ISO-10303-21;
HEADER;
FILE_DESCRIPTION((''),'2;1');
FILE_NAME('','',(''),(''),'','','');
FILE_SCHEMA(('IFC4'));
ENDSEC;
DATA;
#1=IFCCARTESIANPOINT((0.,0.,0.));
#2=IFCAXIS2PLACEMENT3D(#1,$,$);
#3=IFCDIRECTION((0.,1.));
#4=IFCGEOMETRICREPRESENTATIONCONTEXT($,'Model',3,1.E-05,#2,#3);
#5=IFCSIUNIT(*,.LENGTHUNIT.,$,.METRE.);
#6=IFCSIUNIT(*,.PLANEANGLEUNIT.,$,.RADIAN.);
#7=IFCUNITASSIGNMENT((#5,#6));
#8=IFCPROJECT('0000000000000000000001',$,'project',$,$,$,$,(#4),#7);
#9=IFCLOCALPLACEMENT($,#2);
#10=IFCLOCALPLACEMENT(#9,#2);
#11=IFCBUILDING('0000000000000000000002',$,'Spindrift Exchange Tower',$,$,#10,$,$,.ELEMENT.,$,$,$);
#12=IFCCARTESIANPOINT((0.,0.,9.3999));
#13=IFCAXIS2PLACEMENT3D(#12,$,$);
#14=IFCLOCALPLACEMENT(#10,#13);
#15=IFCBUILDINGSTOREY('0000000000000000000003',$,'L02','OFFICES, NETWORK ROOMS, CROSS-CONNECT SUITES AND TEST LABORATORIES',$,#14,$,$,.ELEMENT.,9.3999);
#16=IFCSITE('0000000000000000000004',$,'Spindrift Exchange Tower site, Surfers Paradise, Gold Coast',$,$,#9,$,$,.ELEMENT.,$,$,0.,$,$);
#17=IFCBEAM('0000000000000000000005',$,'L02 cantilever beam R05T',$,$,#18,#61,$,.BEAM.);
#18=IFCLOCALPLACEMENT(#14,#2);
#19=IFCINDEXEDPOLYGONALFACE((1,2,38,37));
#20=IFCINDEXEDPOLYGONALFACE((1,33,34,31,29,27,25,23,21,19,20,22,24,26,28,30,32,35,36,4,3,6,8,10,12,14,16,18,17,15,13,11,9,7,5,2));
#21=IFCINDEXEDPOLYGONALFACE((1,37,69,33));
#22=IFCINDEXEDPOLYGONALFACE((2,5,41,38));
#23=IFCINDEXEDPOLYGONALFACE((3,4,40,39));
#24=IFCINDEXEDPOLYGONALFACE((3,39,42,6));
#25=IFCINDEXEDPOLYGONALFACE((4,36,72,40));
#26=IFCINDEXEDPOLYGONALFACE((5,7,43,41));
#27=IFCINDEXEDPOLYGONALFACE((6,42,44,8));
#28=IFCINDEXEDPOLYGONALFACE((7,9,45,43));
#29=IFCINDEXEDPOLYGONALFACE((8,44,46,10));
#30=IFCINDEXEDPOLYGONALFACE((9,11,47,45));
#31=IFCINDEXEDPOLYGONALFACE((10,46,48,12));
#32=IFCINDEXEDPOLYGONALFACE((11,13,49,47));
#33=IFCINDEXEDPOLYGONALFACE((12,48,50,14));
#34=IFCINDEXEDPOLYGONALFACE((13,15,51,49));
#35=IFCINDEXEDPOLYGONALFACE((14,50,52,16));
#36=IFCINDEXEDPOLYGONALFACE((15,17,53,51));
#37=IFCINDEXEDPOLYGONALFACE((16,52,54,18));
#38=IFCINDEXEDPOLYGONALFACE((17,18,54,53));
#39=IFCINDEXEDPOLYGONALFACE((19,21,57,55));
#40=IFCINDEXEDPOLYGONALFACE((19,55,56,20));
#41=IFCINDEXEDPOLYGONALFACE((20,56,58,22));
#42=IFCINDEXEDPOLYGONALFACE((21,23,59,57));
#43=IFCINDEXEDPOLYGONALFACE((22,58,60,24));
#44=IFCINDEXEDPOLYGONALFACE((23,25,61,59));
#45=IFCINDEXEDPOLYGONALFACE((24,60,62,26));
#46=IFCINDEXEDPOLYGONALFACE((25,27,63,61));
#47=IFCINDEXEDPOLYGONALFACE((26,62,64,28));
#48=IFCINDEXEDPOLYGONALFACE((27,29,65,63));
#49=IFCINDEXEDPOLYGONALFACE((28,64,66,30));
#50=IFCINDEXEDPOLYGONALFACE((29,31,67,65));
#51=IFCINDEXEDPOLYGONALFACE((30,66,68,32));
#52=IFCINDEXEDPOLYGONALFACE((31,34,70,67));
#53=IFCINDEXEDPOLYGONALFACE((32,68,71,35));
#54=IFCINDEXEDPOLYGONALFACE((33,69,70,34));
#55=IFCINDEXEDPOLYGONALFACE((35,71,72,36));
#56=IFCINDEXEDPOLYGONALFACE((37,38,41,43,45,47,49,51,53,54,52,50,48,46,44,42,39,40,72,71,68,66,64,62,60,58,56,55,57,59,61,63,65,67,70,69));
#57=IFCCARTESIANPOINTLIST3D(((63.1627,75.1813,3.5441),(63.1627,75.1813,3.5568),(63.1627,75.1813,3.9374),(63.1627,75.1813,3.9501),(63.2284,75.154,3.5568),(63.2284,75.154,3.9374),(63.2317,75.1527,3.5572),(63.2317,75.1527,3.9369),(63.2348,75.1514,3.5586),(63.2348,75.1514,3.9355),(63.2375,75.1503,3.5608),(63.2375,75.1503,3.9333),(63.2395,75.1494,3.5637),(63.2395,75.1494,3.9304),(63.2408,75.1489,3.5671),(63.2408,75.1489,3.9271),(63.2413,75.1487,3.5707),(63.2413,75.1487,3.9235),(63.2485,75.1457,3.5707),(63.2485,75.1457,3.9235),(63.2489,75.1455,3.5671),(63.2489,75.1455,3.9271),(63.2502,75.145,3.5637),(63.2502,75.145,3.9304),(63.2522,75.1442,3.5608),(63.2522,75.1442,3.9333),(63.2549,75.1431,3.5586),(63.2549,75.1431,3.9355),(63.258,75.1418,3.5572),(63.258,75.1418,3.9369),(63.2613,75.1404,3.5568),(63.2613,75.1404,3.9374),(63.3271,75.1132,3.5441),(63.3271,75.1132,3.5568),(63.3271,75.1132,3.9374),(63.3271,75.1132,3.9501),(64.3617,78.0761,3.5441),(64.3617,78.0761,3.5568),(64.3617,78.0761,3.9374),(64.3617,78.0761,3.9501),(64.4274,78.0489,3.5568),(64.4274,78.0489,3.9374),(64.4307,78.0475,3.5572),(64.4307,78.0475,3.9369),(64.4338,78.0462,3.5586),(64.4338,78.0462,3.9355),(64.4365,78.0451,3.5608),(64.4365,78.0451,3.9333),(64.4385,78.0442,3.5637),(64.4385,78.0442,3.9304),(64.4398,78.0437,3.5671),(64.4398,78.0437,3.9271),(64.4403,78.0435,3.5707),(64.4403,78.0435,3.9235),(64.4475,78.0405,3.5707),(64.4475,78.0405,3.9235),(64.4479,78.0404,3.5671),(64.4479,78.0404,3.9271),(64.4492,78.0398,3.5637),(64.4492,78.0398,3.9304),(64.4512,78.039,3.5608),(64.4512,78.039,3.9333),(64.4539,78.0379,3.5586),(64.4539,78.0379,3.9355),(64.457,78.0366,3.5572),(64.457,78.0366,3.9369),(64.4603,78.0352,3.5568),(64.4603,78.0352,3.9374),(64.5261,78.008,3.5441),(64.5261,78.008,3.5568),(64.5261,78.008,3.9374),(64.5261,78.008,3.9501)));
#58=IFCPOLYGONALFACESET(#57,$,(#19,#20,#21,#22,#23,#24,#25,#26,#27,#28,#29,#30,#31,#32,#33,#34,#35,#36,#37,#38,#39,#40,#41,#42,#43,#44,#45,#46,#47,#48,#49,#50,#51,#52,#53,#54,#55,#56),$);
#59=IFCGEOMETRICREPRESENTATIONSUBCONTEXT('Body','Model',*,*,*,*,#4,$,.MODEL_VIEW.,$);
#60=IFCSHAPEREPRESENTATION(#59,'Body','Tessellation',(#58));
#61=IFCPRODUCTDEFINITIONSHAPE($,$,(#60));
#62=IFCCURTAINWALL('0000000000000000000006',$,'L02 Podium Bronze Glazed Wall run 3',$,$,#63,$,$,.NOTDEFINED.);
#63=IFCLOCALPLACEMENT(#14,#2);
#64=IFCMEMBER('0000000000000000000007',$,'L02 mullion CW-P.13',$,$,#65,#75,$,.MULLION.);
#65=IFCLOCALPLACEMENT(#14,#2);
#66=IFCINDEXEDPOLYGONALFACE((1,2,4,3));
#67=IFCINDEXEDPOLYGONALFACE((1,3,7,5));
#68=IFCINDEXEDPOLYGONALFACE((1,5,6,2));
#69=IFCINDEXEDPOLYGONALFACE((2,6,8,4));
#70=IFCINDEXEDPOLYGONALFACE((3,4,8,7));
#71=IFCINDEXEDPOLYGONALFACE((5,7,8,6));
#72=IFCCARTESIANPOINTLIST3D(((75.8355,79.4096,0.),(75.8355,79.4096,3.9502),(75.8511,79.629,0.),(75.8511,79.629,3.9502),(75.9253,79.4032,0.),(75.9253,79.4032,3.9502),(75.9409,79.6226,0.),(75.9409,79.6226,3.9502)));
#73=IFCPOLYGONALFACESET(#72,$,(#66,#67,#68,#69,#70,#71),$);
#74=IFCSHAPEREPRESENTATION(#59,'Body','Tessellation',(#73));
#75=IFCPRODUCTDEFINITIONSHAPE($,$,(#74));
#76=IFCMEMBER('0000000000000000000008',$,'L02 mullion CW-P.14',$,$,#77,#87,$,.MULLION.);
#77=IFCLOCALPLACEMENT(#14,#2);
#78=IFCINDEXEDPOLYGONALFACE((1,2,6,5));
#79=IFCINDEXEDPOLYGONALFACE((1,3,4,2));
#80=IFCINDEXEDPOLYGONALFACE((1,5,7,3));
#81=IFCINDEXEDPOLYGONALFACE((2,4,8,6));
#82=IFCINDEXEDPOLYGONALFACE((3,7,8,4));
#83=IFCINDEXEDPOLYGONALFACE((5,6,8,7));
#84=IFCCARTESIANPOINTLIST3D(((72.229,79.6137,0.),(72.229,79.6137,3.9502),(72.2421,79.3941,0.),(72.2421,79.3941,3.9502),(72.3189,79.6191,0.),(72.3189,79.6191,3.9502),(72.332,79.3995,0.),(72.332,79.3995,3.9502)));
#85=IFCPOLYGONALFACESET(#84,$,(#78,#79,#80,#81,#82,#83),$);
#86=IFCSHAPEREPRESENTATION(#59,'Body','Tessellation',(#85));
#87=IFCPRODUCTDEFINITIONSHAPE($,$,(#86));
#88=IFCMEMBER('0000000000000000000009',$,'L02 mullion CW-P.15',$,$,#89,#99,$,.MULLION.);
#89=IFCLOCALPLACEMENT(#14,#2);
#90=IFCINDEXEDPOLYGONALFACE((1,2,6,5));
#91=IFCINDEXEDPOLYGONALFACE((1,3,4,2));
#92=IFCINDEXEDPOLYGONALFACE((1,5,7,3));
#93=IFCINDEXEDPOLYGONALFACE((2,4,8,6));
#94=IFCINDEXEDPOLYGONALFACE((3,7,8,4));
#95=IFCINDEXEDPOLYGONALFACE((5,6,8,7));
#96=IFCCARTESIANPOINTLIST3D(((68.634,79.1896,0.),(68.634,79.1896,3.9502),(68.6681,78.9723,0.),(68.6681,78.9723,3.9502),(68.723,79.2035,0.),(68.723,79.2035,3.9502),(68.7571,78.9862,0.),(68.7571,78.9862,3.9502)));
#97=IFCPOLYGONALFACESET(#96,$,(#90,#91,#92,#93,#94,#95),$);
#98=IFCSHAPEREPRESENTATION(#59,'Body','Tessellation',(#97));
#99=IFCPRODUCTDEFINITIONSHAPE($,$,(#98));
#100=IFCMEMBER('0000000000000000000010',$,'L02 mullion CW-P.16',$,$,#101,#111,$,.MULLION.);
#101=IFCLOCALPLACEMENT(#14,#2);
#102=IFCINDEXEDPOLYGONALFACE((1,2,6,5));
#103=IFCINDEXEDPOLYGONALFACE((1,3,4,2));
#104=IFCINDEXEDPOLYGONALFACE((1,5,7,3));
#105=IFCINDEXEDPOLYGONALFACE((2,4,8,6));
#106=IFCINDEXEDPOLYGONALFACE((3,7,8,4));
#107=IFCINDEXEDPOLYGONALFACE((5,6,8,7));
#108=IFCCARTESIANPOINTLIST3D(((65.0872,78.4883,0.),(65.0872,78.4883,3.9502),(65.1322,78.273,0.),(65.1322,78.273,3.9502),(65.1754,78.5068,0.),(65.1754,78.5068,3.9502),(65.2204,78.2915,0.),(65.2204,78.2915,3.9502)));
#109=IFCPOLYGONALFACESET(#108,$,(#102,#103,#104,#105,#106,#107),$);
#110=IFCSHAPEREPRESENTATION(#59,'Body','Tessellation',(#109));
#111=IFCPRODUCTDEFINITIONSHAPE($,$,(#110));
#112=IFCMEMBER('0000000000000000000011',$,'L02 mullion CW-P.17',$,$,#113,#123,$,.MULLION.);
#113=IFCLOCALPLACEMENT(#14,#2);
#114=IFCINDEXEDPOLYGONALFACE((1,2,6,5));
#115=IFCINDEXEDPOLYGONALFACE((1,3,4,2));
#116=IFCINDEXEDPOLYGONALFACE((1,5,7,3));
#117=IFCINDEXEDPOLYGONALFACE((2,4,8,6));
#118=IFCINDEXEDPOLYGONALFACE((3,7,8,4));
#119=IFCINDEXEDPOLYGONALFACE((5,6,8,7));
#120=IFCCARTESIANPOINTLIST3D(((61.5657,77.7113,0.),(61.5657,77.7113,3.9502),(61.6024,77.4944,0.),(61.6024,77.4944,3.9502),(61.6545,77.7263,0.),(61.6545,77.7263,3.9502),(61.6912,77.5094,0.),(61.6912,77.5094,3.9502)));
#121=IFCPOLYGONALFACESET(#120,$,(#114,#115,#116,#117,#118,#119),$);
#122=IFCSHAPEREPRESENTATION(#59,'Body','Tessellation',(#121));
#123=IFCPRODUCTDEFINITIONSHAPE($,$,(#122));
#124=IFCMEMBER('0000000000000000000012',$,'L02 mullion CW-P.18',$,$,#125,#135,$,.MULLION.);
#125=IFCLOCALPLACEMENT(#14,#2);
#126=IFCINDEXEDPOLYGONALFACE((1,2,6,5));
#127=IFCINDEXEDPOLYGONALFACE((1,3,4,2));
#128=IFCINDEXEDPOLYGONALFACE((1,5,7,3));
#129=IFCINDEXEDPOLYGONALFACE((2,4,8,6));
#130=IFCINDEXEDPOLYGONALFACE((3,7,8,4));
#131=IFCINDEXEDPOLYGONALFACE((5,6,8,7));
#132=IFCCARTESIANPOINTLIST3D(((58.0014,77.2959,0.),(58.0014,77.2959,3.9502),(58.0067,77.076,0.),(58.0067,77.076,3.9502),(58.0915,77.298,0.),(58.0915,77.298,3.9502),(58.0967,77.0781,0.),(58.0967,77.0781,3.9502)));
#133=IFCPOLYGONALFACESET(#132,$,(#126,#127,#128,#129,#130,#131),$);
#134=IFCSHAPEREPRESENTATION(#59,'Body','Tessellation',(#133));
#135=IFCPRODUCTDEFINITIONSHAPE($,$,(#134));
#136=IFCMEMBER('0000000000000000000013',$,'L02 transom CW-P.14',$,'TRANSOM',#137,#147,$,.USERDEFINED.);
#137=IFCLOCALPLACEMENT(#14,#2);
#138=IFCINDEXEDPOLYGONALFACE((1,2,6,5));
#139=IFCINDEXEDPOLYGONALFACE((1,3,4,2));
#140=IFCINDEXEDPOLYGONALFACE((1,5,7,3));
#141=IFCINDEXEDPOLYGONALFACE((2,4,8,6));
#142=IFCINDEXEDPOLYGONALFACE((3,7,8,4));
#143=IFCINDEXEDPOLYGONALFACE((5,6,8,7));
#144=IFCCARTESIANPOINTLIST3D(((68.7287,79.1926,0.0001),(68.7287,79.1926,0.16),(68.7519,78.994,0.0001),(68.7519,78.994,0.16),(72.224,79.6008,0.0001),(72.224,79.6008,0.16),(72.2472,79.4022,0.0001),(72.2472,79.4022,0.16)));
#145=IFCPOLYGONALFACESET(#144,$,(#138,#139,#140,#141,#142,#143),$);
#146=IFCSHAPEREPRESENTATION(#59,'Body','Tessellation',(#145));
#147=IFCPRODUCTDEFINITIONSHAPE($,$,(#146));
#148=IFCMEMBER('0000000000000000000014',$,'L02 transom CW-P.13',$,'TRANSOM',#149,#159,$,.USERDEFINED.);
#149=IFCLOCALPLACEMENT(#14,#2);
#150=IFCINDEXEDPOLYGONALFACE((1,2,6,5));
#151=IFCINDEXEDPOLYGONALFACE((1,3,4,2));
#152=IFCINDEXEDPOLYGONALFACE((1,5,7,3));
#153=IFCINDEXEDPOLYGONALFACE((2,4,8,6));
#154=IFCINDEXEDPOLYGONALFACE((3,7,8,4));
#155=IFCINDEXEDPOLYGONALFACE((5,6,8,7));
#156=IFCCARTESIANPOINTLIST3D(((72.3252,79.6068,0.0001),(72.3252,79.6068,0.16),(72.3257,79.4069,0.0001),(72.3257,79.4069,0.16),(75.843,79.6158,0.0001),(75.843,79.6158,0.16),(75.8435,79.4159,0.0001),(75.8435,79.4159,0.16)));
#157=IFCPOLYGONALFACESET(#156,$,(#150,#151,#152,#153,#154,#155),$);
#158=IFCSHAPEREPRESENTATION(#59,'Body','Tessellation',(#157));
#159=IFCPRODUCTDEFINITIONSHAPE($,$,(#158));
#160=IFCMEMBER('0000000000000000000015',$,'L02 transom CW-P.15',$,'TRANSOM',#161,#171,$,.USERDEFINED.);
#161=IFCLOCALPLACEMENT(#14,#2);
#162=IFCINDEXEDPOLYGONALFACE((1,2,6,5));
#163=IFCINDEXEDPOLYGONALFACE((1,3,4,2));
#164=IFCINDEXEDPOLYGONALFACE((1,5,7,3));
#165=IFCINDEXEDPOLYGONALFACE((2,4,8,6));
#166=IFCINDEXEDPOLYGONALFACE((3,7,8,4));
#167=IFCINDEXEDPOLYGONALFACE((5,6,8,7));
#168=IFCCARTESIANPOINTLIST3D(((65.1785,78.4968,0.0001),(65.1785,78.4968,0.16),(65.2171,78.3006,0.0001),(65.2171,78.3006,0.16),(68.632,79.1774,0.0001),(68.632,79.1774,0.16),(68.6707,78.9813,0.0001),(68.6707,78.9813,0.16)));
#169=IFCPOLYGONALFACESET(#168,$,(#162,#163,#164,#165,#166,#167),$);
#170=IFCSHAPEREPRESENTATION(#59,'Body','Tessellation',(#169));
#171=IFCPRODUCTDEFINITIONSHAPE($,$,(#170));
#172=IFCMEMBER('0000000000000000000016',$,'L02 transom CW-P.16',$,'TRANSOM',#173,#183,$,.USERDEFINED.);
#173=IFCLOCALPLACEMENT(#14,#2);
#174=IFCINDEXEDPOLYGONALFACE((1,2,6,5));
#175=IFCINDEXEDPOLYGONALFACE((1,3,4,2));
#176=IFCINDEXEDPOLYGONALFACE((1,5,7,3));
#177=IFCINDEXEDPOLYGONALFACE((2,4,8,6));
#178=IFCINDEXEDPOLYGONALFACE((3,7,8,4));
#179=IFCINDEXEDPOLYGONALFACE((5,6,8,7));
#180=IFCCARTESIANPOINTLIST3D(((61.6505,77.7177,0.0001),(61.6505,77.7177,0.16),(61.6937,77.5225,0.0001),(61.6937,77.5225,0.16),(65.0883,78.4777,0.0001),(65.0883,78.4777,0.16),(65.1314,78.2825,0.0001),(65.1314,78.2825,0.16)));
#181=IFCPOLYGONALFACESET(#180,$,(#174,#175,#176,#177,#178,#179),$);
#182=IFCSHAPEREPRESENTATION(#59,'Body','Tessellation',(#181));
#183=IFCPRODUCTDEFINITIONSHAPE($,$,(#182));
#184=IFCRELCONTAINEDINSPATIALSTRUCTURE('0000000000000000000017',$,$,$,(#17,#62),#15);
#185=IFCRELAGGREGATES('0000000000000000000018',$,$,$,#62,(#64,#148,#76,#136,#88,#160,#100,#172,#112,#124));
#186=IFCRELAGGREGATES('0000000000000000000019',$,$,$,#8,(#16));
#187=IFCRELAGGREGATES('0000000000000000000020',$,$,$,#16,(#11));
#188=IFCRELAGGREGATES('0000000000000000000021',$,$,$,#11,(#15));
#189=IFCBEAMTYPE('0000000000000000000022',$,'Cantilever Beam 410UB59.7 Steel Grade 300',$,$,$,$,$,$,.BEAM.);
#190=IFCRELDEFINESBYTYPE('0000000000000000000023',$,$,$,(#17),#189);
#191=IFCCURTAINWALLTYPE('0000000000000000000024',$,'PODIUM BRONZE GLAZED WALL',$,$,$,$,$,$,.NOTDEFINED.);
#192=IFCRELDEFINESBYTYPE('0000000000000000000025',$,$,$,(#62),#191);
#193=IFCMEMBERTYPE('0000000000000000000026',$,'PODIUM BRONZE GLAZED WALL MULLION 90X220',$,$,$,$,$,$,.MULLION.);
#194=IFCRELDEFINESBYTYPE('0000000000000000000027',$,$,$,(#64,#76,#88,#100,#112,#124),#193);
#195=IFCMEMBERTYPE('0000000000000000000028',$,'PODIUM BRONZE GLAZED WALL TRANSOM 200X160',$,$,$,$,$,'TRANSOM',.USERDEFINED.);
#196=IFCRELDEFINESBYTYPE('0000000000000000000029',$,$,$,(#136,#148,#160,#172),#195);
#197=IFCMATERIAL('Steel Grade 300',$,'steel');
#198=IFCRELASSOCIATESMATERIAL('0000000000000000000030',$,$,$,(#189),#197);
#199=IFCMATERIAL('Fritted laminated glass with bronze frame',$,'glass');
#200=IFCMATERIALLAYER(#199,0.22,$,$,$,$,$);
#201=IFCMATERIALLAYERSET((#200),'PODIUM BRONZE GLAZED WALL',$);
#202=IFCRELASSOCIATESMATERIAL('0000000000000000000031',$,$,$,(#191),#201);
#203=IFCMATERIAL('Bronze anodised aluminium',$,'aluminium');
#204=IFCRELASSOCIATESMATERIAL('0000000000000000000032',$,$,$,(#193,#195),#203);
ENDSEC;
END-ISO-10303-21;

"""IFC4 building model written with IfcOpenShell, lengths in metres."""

from ifc_helpers import new_model, si_unit, direction, frame, origin, origin_2d, place, context, subcontext, project, spatial, rectangle, i_section, extrude, source, transform, mapped, material, layer, layer_set, material_profile, profile_set, type_object, element, aggregate, save


model = new_model("IFC4")

# Units and contexts
model_context = context("Model", 3, precision=1e-05, world=origin(), true_north=direction((0.0, 1.0)))
body_context = subcontext(model_context, "Body", "Model", "MODEL_VIEW")
ifc_project = project(units=[si_unit("LENGTHUNIT", "METRE"), si_unit("PLANEANGLEUNIT", "RADIAN")], contexts=[model_context])

# Site, building, storey
site_placement = place(None, origin())
site = spatial("IfcSite", under=ifc_project, at=site_placement, Name="Spindrift Exchange Tower site, Surfers Paradise, Gold Coast", CompositionType="ELEMENT", RefElevation=0.0)
building_placement = place(site_placement, origin())
building = spatial("IfcBuilding", under=site, at=building_placement, Name="Spindrift Exchange Tower", CompositionType="ELEMENT")
storey_placement = place(building_placement, frame((0.0, 0.0, 9.3999)))
storey = spatial("IfcBuildingStorey", under=building, at=storey_placement, Name="L02", Description="OFFICES, NETWORK ROOMS, CROSS-CONNECT SUITES AND TEST LABORATORIES", CompositionType="ELEMENT", Elevation=9.3999)

# Beam
ifc_material_1 = material(Name="Steel Grade 300", Category="steel")
ifc_material_profile_1 = material_profile(ifc_material_1, i_section(OverallWidth=0.178, OverallDepth=0.406, WebThickness=0.0078, FlangeThickness=0.0127, FilletRadius=0.0139, at=origin_2d()), Name="410UB59.7")
ifc_profile_set_1 = profile_set([ifc_material_profile_1], Name="Steel Grade 300")
beam_type_1 = type_object("IfcBeamType", Name="Cantilever Beam 410UB59.7 Steel Grade 300", PredefinedType="BEAM", material=ifc_profile_set_1)
shared_shape_1 = source(origin(), body_context, "Body", "SweptSolid", [
    extrude(i_section(OverallWidth=0.178, OverallDepth=0.406, WebThickness=0.0078, FlangeThickness=0.0127, FilletRadius=0.0139, at=origin_2d()), origin(), (0.0, 0.0, 1.0), 3.1333),
])
beam_1_placement = place(storey_placement, frame((63.2449, 75.1472, 3.7471), z_axis=(0.382661, 0.923889, 0.0), x_axis=(-0.923889, 0.382661, 0.0)))
element("IfcBeam", 1, at=beam_1_placement, inside=storey, type_object=beam_type_1, Name="L02 cantilever beam R05T", PredefinedType="BEAM", context=body_context, shape_type="MappedRepresentation", body=[
    mapped(shared_shape_1, transform((0.0, 0.0, 0.0), scale=1.0)),
])

# Curtain wall, members
ifc_material_2 = material(Name="Fritted laminated glass with bronze frame", Category="glass")
ifc_layer_1 = layer(ifc_material_2, 0.22)
ifc_layer_set_1 = layer_set([ifc_layer_1], Name="PODIUM BRONZE GLAZED WALL")
curtain_wall_type = type_object("IfcCurtainWallType", Name="PODIUM BRONZE GLAZED WALL", PredefinedType="NOTDEFINED", material=ifc_layer_set_1)
curtain_wall_placement = place(storey_placement, origin())
curtain_wall = element("IfcCurtainWall", 2, at=curtain_wall_placement, inside=storey, type_object=curtain_wall_type, Name="L02 Podium Bronze Glazed Wall run 3", PredefinedType="NOTDEFINED")
ifc_material_3 = material(Name="Bronze anodised aluminium", Category="aluminium")
ifc_material_profile_2 = material_profile(ifc_material_3, rectangle(XDim=0.0901, YDim=0.22, at=origin_2d()), Name="PODIUM BRONZE GLAZED WALL MULLION 90X220")
ifc_profile_set_2 = profile_set([ifc_material_profile_2], Name="Bronze anodised aluminium")
member_type_1 = type_object("IfcMemberType", Name="PODIUM BRONZE GLAZED WALL MULLION 90X220", PredefinedType="MULLION", material=ifc_profile_set_2)
shared_shape_2 = source(origin(), body_context, "Body", "SweptSolid", [
    extrude(rectangle(XDim=0.0901, YDim=0.22, at=origin_2d()), origin(), (0.0, 0.0, 1.0), 3.9502),
])
member_1_placement = place(storey_placement, frame((75.8882, 79.5161, 0.0), z_axis=(0.0, 0.0, 1.0), x_axis=(-0.997483, 0.070902, 0.0)))
member_1 = element("IfcMember", 3, at=member_1_placement, type_object=member_type_1, Name="L02 mullion CW-P.13", PredefinedType="MULLION", context=body_context, shape_type="MappedRepresentation", body=[
    mapped(shared_shape_2, transform((0.0, 0.0, 0.0), scale=1.0)),
])
member_2_placement = place(storey_placement, frame((72.2805, 79.5066, 0.0), z_axis=(0.0, 0.0, 1.0), x_axis=(-0.998234, -0.059404, 0.0)))
member_2 = element("IfcMember", 4, at=member_2_placement, type_object=member_type_1, Name="L02 mullion CW-P.14", PredefinedType="MULLION", context=body_context, shape_type="MappedRepresentation", body=[
    mapped(shared_shape_2, transform((0.0, 0.0, 0.0), scale=1.0)),
])
member_3_placement = place(storey_placement, frame((68.6956, 79.0879, 0.0), z_axis=(0.0, 0.0, 1.0), x_axis=(-0.987946, -0.154799, 0.0)))
member_3 = element("IfcMember", 5, at=member_3_placement, type_object=member_type_1, Name="L02 mullion CW-P.15", PredefinedType="MULLION", context=body_context, shape_type="MappedRepresentation", body=[
    mapped(shared_shape_2, transform((0.0, 0.0, 0.0), scale=1.0)),
])
member_4_placement = place(storey_placement, frame((65.1538, 78.3899, 0.0), z_axis=(0.0, 0.0, 1.0), x_axis=(-0.978833, -0.204663, 0.0)))
member_4 = element("IfcMember", 6, at=member_4_placement, type_object=member_type_1, Name="L02 mullion CW-P.16", PredefinedType="MULLION", context=body_context, shape_type="MappedRepresentation", body=[
    mapped(shared_shape_2, transform((0.0, 0.0, 0.0), scale=1.0)),
])
member_5_placement = place(storey_placement, frame((61.6284, 77.6104, 0.0), z_axis=(0.0, 0.0, 1.0), x_axis=(-0.985977, -0.166879, 0.0)))
member_5 = element("IfcMember", 7, at=member_5_placement, type_object=member_type_1, Name="L02 mullion CW-P.17", PredefinedType="MULLION", context=body_context, shape_type="MappedRepresentation", body=[
    mapped(shared_shape_2, transform((0.0, 0.0, 0.0), scale=1.0)),
])
member_6_placement = place(storey_placement, frame((58.0491, 77.187, 0.0), z_axis=(0.0, 0.0, 1.0), x_axis=(-0.999715, -0.023881, 0.0)))
member_6 = element("IfcMember", 8, at=member_6_placement, type_object=member_type_1, Name="L02 mullion CW-P.18", PredefinedType="MULLION", context=body_context, shape_type="MappedRepresentation", body=[
    mapped(shared_shape_2, transform((0.0, 0.0, 0.0), scale=1.0)),
])
ifc_material_profile_3 = material_profile(ifc_material_3, rectangle(XDim=0.2, YDim=0.1599, at=origin_2d()), Name="PODIUM BRONZE GLAZED WALL TRANSOM 200X160")
ifc_profile_set_3 = profile_set([ifc_material_profile_3], Name="Bronze anodised aluminium")
member_type_2 = type_object("IfcMemberType", Name="PODIUM BRONZE GLAZED WALL TRANSOM 200X160", ElementType="TRANSOM", PredefinedType="USERDEFINED", material=ifc_profile_set_3)
shared_shape_3 = source(origin(), body_context, "Body", "SweptSolid", [
    extrude(rectangle(XDim=0.2, YDim=0.1599, at=origin_2d()), origin(), (0.0, 0.0, 1.0), 3.519),
])
member_7_placement = place(storey_placement, frame((72.2356, 79.5015, 0.0801), z_axis=(-0.99325, -0.115996, 0.0), x_axis=(0.115996, -0.99325, 0.0)))
member_7 = element("IfcMember", 9, at=member_7_placement, type_object=member_type_2, Name="L02 transom CW-P.14", ObjectType="TRANSOM", PredefinedType="USERDEFINED", context=body_context, shape_type="MappedRepresentation", body=[
    mapped(shared_shape_3, transform((0.0, 0.0, 0.0), scale=1.0)),
])
shared_shape_4 = source(origin(), body_context, "Body", "SweptSolid", [
    extrude(rectangle(XDim=0.2, YDim=0.1599, at=origin_2d()), origin(), (0.0, 0.0, 1.0), 3.5178),
])
member_8_placement = place(storey_placement, frame((75.8433, 79.5159, 0.0801), z_axis=(-0.999997, -0.002568, 0.0), x_axis=(0.002568, -0.999997, 0.0)))
member_8 = element("IfcMember", 10, at=member_8_placement, type_object=member_type_2, Name="L02 transom CW-P.13", ObjectType="TRANSOM", PredefinedType="USERDEFINED", context=body_context, shape_type="MappedRepresentation", body=[
    mapped(shared_shape_4, transform((0.0, 0.0, 0.0), scale=1.0)),
])
shared_shape_5 = source(origin(), body_context, "Body", "SweptSolid", [
    extrude(rectangle(XDim=0.2, YDim=0.1599, at=origin_2d()), origin(), (0.0, 0.0, 1.0), 3.52),
])
member_9_placement = place(storey_placement, frame((68.6514, 79.0793, 0.0801), z_axis=(-0.981126, -0.193368, 0.0), x_axis=(0.193368, -0.981126, 0.0)))
member_9 = element("IfcMember", 11, at=member_9_placement, type_object=member_type_2, Name="L02 transom CW-P.15", ObjectType="TRANSOM", PredefinedType="USERDEFINED", context=body_context, shape_type="MappedRepresentation", body=[
    mapped(shared_shape_5, transform((0.0, 0.0, 0.0), scale=1.0)),
])
shared_shape_6 = source(origin(), body_context, "Body", "SweptSolid", [
    extrude(rectangle(XDim=0.2, YDim=0.1599, at=origin_2d()), origin(), (0.0, 0.0, 1.0), 3.5208),
])
member_10_placement = place(storey_placement, frame((65.1099, 78.3801, 0.0801), z_axis=(-0.976423, -0.215866, 0.0), x_axis=(0.215866, -0.976423, 0.0)))
member_10 = element("IfcMember", 12, at=member_10_placement, type_object=member_type_2, Name="L02 transom CW-P.16", ObjectType="TRANSOM", PredefinedType="USERDEFINED", context=body_context, shape_type="MappedRepresentation", body=[
    mapped(shared_shape_6, transform((0.0, 0.0, 0.0), scale=1.0)),
])
aggregate(curtain_wall, [member_1, member_8, member_2, member_7, member_3, member_9, member_4, member_10, member_5, member_6])

save(model, "model.ifc")
